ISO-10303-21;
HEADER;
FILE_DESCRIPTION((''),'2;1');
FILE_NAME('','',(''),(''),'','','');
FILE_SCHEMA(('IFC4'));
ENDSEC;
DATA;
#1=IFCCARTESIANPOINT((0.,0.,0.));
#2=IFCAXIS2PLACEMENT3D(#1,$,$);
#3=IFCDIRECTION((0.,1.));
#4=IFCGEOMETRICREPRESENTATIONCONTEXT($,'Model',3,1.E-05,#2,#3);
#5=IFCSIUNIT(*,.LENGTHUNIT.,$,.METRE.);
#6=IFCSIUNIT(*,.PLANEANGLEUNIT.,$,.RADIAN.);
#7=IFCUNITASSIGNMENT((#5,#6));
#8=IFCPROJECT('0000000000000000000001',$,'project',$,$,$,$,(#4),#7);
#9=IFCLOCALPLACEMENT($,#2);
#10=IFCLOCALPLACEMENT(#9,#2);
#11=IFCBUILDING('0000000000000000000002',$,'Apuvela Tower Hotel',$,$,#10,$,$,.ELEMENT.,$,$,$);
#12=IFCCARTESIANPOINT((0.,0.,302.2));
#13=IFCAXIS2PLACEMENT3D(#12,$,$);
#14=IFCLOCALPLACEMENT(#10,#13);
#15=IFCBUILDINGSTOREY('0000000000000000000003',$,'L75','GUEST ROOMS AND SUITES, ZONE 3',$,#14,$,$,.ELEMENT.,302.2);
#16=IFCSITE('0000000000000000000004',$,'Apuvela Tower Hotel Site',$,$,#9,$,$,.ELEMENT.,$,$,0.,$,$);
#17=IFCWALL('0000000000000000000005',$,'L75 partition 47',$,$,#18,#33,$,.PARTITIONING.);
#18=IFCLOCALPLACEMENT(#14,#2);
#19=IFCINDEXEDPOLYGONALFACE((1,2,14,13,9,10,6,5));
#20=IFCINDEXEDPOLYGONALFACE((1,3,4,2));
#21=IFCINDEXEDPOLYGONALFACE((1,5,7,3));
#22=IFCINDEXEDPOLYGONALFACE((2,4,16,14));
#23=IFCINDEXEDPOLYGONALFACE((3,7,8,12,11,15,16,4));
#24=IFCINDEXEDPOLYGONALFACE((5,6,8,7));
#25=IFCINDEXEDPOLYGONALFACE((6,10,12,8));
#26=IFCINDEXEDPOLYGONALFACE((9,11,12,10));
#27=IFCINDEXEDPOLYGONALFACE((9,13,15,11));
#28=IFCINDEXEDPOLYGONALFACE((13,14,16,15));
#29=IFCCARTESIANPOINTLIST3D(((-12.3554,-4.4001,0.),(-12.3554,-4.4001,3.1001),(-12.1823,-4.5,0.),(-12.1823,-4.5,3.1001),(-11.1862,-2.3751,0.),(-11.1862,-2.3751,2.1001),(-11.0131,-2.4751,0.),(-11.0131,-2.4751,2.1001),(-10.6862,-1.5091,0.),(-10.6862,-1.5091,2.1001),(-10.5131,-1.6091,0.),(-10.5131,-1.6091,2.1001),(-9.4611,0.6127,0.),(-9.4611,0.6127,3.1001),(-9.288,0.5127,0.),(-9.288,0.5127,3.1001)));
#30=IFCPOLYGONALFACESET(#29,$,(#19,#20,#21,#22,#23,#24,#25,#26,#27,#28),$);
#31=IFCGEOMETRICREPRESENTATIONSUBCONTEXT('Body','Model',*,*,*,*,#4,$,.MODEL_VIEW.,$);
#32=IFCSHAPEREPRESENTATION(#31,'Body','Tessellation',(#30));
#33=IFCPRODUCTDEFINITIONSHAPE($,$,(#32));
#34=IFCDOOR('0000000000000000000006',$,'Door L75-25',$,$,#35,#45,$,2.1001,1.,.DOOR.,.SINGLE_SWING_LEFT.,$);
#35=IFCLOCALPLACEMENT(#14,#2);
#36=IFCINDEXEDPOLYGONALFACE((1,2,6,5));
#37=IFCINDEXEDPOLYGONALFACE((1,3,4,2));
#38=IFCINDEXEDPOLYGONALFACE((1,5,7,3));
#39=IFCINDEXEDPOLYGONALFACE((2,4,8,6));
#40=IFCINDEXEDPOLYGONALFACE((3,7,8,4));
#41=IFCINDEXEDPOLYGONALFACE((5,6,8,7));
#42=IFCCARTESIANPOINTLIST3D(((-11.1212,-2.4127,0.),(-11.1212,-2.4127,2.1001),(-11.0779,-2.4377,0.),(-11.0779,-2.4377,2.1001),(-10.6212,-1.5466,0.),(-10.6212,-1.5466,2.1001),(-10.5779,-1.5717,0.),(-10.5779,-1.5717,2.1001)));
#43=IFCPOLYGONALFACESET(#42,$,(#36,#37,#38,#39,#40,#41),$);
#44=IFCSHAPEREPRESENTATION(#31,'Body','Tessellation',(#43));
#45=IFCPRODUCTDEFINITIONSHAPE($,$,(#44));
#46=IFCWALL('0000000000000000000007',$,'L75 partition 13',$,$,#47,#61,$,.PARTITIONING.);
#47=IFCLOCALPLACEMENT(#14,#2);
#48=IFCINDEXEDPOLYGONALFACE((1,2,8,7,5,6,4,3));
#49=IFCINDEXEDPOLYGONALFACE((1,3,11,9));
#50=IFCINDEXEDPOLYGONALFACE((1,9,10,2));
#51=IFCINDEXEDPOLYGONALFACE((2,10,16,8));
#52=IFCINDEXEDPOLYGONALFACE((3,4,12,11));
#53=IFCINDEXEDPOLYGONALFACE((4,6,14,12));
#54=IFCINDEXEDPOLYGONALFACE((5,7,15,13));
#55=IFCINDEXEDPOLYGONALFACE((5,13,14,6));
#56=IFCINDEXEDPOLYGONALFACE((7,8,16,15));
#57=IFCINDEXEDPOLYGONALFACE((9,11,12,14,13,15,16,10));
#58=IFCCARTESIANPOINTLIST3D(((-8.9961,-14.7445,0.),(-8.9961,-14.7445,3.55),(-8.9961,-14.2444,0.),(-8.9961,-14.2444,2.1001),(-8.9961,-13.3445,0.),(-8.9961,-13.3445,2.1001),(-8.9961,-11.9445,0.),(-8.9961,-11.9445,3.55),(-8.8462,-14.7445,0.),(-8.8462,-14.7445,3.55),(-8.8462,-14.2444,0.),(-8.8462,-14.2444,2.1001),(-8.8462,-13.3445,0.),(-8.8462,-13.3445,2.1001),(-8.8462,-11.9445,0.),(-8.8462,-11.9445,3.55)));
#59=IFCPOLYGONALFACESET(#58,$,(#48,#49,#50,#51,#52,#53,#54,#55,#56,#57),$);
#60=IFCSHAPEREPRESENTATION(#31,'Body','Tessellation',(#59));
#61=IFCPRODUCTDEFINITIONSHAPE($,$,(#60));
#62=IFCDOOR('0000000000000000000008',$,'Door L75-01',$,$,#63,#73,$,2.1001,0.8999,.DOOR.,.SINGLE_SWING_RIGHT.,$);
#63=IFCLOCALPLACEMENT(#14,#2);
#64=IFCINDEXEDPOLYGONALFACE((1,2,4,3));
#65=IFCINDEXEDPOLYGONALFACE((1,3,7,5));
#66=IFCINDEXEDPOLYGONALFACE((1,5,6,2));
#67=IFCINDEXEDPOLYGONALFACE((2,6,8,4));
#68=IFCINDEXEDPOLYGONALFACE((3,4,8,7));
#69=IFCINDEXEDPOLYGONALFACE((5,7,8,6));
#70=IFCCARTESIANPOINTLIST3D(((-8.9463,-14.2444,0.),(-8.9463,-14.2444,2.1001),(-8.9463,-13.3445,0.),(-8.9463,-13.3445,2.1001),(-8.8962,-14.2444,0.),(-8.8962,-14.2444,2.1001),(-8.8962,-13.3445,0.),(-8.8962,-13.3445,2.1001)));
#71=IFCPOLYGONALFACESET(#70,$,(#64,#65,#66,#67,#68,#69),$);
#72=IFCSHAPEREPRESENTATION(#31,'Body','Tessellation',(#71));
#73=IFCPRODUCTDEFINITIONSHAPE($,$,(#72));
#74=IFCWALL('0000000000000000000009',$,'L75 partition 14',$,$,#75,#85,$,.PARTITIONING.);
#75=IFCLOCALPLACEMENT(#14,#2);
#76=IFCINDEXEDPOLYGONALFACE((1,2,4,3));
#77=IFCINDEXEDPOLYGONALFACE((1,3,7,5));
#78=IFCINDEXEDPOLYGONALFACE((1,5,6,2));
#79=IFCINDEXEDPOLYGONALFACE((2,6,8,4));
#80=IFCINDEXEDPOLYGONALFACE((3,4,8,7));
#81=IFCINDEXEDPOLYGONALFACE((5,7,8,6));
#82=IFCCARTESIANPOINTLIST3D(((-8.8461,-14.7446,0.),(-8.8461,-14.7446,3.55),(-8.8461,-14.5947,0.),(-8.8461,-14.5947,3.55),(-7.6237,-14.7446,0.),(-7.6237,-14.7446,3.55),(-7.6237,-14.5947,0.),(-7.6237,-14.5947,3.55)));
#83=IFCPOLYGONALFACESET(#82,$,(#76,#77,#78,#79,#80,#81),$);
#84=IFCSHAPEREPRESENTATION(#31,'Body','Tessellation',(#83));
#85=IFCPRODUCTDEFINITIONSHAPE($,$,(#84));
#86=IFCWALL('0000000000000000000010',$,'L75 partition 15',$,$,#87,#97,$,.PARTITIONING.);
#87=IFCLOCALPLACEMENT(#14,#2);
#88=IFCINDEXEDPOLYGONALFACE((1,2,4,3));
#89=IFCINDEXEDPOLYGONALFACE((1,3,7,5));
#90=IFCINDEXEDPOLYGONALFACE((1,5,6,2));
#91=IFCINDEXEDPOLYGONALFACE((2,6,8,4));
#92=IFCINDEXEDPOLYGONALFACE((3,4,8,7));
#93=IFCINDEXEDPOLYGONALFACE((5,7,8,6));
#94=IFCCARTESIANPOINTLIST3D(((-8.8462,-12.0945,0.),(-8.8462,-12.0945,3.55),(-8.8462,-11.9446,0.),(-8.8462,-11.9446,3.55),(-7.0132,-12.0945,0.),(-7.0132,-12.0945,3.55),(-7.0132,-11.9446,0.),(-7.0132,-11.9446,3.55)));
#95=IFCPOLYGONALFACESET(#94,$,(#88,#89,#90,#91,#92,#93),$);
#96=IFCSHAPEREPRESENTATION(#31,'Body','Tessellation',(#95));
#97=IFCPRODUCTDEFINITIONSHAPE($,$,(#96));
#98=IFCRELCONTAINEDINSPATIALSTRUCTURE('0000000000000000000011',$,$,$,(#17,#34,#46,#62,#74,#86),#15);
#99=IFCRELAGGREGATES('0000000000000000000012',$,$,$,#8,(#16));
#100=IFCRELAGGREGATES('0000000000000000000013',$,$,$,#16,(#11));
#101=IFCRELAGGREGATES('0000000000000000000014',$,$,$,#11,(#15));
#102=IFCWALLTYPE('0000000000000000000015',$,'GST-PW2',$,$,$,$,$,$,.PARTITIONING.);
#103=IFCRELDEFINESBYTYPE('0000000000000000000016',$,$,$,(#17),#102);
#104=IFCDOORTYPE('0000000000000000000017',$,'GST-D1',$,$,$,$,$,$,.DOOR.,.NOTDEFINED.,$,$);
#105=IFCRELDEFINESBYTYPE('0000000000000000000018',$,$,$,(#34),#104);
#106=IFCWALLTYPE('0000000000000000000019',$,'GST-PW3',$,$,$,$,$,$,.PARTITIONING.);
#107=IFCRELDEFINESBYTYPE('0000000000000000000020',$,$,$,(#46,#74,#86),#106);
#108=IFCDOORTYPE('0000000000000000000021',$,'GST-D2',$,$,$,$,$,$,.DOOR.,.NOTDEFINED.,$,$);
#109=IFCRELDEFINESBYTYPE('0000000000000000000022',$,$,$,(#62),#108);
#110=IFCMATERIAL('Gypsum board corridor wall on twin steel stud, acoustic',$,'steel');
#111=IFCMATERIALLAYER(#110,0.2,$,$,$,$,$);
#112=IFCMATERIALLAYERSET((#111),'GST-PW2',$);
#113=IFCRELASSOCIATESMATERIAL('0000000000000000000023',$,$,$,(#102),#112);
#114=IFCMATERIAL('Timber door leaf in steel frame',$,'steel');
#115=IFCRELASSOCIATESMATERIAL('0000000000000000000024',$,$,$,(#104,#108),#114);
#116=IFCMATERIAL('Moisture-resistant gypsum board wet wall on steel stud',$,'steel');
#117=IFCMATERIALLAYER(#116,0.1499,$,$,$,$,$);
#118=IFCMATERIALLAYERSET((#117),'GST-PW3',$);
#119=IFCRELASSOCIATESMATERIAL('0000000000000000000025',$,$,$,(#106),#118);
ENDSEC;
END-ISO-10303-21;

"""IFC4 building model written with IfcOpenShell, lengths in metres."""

from ifc_helpers import new_model, si_unit, direction, frame, frame_2d, origin, place, context, subcontext, project, spatial, rectangle, extrude, material, layer, layer_set, type_object, element, fill, save


model = new_model("IFC4")

# Units and contexts
model_context = context("Model", 3, precision=1e-05, world=origin(), true_north=direction((0.0, 1.0)))
body_context = subcontext(model_context, "Body", "Model", "MODEL_VIEW")
ifc_project = project(units=[si_unit("LENGTHUNIT", "METRE"), si_unit("PLANEANGLEUNIT", "RADIAN")], contexts=[model_context])

# Site, building, storey
site_placement = place(None, origin())
site = spatial("IfcSite", under=ifc_project, at=site_placement, Name="Apuvela Tower Hotel Site", CompositionType="ELEMENT", RefElevation=0.0)
building_placement = place(site_placement, origin())
building = spatial("IfcBuilding", under=site, at=building_placement, Name="Apuvela Tower Hotel", CompositionType="ELEMENT")
storey_placement = place(building_placement, frame((0.0, 0.0, 302.2)))
storey = spatial("IfcBuildingStorey", under=building, at=storey_placement, Name="L75", Description="GUEST ROOMS AND SUITES, ZONE 3", CompositionType="ELEMENT", Elevation=302.2)

# Walls, openings, doors
ifc_material_1 = material(Name="Gypsum board corridor wall on twin steel stud, acoustic", Category="steel")
ifc_layer_1 = layer(ifc_material_1, 0.2)
ifc_layer_set_1 = layer_set([ifc_layer_1], Name="GST-PW2")
wall_type_1 = type_object("IfcWallType", Name="GST-PW2", PredefinedType="PARTITIONING", material=ifc_layer_set_1)
ifc_material_2 = material(Name="Timber door leaf in steel frame", Category="steel")
door_type_1 = type_object("IfcDoorType", Name="GST-D1", OperationType="NOTDEFINED", PredefinedType="DOOR", material=ifc_material_2)
wall_1_placement = place(storey_placement, frame((-12.2688, -4.45, 0.0), z_axis=(0.0, 0.0, 1.0), x_axis=(0.500027, 0.86601, 0.0)))
wall_1 = element("IfcWall", 1, at=wall_1_placement, inside=storey, type_object=wall_type_1, Name="L75 partition 47", PredefinedType="PARTITIONING", context=body_context, shape_type="SweptSolid", body=[
    extrude(rectangle(XDim=5.7883, YDim=0.2, at=frame_2d((2.894, 0.0))), origin(), (0.0, 0.0, 1.0), 3.1001),
])
opening_1_placement = place(wall_1_placement, frame((2.3381, 0.0, 0.0)))
opening_1 = element("IfcOpeningElement", 2, at=opening_1_placement, cuts=wall_1, PredefinedType="OPENING", context=body_context, shape_type="SweptSolid", body=[
    extrude(rectangle(XDim=1.0, YDim=2.1001, at=frame_2d((0.5, 1.05))), frame((0.0, 0.1099, 0.0), z_axis=(0.0, -1.0, 0.0), x_axis=(1.0, 0.0, 0.0)), (0.0, 0.0, 1.0), 0.22),
])
door_1_placement = place(opening_1_placement, origin())
door_1 = element("IfcDoor", 3, at=door_1_placement, inside=storey, type_object=door_type_1, Name="Door L75-25", OperationType="SINGLE_SWING_LEFT", OverallHeight=2.1001, OverallWidth=1.0, PredefinedType="DOOR", context=body_context, shape_type="SweptSolid", body=[
    extrude(rectangle(XDim=1.0, YDim=2.1001, at=frame_2d((0.5, 1.05))), frame((0.0, 0.0249, 0.0), z_axis=(0.0, -1.0, 0.0), x_axis=(1.0, 0.0, 0.0)), (0.0, 0.0, 1.0), 0.05),
])
fill(opening_1, door_1)
ifc_material_3 = material(Name="Moisture-resistant gypsum board wet wall on steel stud", Category="steel")
ifc_layer_2 = layer(ifc_material_3, 0.1499)
ifc_layer_set_2 = layer_set([ifc_layer_2], Name="GST-PW3")
wall_type_2 = type_object("IfcWallType", Name="GST-PW3", PredefinedType="PARTITIONING", material=ifc_layer_set_2)
wall_2_placement = place(storey_placement, frame((-8.9211, -11.9446, 0.0), z_axis=(0.0, 0.0, 1.0), x_axis=(0.0, -1.0, 0.0)))
wall_2 = element("IfcWall", 4, at=wall_2_placement, inside=storey, type_object=wall_type_2, Name="L75 partition 13", PredefinedType="PARTITIONING", context=body_context, shape_type="SweptSolid", body=[
    extrude(rectangle(XDim=2.8, YDim=0.1499, at=frame_2d((1.3999, 0.0))), origin(), (0.0, 0.0, 1.0), 3.55),
])
opening_2_placement = place(wall_2_placement, frame((1.3999, 0.0, 0.0)))
opening_2 = element("IfcOpeningElement", 5, at=opening_2_placement, cuts=wall_2, PredefinedType="OPENING", context=body_context, shape_type="SweptSolid", body=[
    extrude(rectangle(XDim=0.8999, YDim=2.1001, at=frame_2d((0.45, 1.05))), frame((0.0, 0.085, 0.0), z_axis=(0.0, -1.0, 0.0), x_axis=(1.0, 0.0, 0.0)), (0.0, 0.0, 1.0), 0.1699),
])
door_type_2 = type_object("IfcDoorType", Name="GST-D2", OperationType="NOTDEFINED", PredefinedType="DOOR", material=ifc_material_2)
door_2_placement = place(opening_2_placement, origin())
door_2 = element("IfcDoor", 6, at=door_2_placement, inside=storey, type_object=door_type_2, Name="Door L75-01", OperationType="SINGLE_SWING_RIGHT", OverallHeight=2.1001, OverallWidth=0.8999, PredefinedType="DOOR", context=body_context, shape_type="SweptSolid", body=[
    extrude(rectangle(XDim=0.8999, YDim=2.1001, at=frame_2d((0.45, 1.05))), frame((0.0, 0.0249, 0.0), z_axis=(0.0, -1.0, 0.0), x_axis=(1.0, 0.0, 0.0)), (0.0, 0.0, 1.0), 0.05),
])
fill(opening_2, door_2)

# Walls
wall_3_placement = place(storey_placement, frame((-8.8462, -14.6697, 0.0), z_axis=(0.0, 0.0, 1.0), x_axis=(1.0, 0.0, 0.0)))
element("IfcWall", 7, at=wall_3_placement, inside=storey, type_object=wall_type_2, Name="L75 partition 14", PredefinedType="PARTITIONING", context=body_context, shape_type="SweptSolid", body=[
    extrude(rectangle(XDim=1.2224, YDim=0.1499, at=frame_2d((0.6113, 0.0))), origin(), (0.0, 0.0, 1.0), 3.55),
])
wall_4_placement = place(storey_placement, frame((-8.8462, -12.0195, 0.0), z_axis=(0.0, 0.0, 1.0), x_axis=(1.0, 0.0, 0.0)))
element("IfcWall", 8, at=wall_4_placement, inside=storey, type_object=wall_type_2, Name="L75 partition 15", PredefinedType="PARTITIONING", context=body_context, shape_type="SweptSolid", body=[
    extrude(rectangle(XDim=1.833, YDim=0.1499, at=frame_2d((0.9165, 0.0))), origin(), (0.0, 0.0, 1.0), 3.55),
])

save(model, "model.ifc")
